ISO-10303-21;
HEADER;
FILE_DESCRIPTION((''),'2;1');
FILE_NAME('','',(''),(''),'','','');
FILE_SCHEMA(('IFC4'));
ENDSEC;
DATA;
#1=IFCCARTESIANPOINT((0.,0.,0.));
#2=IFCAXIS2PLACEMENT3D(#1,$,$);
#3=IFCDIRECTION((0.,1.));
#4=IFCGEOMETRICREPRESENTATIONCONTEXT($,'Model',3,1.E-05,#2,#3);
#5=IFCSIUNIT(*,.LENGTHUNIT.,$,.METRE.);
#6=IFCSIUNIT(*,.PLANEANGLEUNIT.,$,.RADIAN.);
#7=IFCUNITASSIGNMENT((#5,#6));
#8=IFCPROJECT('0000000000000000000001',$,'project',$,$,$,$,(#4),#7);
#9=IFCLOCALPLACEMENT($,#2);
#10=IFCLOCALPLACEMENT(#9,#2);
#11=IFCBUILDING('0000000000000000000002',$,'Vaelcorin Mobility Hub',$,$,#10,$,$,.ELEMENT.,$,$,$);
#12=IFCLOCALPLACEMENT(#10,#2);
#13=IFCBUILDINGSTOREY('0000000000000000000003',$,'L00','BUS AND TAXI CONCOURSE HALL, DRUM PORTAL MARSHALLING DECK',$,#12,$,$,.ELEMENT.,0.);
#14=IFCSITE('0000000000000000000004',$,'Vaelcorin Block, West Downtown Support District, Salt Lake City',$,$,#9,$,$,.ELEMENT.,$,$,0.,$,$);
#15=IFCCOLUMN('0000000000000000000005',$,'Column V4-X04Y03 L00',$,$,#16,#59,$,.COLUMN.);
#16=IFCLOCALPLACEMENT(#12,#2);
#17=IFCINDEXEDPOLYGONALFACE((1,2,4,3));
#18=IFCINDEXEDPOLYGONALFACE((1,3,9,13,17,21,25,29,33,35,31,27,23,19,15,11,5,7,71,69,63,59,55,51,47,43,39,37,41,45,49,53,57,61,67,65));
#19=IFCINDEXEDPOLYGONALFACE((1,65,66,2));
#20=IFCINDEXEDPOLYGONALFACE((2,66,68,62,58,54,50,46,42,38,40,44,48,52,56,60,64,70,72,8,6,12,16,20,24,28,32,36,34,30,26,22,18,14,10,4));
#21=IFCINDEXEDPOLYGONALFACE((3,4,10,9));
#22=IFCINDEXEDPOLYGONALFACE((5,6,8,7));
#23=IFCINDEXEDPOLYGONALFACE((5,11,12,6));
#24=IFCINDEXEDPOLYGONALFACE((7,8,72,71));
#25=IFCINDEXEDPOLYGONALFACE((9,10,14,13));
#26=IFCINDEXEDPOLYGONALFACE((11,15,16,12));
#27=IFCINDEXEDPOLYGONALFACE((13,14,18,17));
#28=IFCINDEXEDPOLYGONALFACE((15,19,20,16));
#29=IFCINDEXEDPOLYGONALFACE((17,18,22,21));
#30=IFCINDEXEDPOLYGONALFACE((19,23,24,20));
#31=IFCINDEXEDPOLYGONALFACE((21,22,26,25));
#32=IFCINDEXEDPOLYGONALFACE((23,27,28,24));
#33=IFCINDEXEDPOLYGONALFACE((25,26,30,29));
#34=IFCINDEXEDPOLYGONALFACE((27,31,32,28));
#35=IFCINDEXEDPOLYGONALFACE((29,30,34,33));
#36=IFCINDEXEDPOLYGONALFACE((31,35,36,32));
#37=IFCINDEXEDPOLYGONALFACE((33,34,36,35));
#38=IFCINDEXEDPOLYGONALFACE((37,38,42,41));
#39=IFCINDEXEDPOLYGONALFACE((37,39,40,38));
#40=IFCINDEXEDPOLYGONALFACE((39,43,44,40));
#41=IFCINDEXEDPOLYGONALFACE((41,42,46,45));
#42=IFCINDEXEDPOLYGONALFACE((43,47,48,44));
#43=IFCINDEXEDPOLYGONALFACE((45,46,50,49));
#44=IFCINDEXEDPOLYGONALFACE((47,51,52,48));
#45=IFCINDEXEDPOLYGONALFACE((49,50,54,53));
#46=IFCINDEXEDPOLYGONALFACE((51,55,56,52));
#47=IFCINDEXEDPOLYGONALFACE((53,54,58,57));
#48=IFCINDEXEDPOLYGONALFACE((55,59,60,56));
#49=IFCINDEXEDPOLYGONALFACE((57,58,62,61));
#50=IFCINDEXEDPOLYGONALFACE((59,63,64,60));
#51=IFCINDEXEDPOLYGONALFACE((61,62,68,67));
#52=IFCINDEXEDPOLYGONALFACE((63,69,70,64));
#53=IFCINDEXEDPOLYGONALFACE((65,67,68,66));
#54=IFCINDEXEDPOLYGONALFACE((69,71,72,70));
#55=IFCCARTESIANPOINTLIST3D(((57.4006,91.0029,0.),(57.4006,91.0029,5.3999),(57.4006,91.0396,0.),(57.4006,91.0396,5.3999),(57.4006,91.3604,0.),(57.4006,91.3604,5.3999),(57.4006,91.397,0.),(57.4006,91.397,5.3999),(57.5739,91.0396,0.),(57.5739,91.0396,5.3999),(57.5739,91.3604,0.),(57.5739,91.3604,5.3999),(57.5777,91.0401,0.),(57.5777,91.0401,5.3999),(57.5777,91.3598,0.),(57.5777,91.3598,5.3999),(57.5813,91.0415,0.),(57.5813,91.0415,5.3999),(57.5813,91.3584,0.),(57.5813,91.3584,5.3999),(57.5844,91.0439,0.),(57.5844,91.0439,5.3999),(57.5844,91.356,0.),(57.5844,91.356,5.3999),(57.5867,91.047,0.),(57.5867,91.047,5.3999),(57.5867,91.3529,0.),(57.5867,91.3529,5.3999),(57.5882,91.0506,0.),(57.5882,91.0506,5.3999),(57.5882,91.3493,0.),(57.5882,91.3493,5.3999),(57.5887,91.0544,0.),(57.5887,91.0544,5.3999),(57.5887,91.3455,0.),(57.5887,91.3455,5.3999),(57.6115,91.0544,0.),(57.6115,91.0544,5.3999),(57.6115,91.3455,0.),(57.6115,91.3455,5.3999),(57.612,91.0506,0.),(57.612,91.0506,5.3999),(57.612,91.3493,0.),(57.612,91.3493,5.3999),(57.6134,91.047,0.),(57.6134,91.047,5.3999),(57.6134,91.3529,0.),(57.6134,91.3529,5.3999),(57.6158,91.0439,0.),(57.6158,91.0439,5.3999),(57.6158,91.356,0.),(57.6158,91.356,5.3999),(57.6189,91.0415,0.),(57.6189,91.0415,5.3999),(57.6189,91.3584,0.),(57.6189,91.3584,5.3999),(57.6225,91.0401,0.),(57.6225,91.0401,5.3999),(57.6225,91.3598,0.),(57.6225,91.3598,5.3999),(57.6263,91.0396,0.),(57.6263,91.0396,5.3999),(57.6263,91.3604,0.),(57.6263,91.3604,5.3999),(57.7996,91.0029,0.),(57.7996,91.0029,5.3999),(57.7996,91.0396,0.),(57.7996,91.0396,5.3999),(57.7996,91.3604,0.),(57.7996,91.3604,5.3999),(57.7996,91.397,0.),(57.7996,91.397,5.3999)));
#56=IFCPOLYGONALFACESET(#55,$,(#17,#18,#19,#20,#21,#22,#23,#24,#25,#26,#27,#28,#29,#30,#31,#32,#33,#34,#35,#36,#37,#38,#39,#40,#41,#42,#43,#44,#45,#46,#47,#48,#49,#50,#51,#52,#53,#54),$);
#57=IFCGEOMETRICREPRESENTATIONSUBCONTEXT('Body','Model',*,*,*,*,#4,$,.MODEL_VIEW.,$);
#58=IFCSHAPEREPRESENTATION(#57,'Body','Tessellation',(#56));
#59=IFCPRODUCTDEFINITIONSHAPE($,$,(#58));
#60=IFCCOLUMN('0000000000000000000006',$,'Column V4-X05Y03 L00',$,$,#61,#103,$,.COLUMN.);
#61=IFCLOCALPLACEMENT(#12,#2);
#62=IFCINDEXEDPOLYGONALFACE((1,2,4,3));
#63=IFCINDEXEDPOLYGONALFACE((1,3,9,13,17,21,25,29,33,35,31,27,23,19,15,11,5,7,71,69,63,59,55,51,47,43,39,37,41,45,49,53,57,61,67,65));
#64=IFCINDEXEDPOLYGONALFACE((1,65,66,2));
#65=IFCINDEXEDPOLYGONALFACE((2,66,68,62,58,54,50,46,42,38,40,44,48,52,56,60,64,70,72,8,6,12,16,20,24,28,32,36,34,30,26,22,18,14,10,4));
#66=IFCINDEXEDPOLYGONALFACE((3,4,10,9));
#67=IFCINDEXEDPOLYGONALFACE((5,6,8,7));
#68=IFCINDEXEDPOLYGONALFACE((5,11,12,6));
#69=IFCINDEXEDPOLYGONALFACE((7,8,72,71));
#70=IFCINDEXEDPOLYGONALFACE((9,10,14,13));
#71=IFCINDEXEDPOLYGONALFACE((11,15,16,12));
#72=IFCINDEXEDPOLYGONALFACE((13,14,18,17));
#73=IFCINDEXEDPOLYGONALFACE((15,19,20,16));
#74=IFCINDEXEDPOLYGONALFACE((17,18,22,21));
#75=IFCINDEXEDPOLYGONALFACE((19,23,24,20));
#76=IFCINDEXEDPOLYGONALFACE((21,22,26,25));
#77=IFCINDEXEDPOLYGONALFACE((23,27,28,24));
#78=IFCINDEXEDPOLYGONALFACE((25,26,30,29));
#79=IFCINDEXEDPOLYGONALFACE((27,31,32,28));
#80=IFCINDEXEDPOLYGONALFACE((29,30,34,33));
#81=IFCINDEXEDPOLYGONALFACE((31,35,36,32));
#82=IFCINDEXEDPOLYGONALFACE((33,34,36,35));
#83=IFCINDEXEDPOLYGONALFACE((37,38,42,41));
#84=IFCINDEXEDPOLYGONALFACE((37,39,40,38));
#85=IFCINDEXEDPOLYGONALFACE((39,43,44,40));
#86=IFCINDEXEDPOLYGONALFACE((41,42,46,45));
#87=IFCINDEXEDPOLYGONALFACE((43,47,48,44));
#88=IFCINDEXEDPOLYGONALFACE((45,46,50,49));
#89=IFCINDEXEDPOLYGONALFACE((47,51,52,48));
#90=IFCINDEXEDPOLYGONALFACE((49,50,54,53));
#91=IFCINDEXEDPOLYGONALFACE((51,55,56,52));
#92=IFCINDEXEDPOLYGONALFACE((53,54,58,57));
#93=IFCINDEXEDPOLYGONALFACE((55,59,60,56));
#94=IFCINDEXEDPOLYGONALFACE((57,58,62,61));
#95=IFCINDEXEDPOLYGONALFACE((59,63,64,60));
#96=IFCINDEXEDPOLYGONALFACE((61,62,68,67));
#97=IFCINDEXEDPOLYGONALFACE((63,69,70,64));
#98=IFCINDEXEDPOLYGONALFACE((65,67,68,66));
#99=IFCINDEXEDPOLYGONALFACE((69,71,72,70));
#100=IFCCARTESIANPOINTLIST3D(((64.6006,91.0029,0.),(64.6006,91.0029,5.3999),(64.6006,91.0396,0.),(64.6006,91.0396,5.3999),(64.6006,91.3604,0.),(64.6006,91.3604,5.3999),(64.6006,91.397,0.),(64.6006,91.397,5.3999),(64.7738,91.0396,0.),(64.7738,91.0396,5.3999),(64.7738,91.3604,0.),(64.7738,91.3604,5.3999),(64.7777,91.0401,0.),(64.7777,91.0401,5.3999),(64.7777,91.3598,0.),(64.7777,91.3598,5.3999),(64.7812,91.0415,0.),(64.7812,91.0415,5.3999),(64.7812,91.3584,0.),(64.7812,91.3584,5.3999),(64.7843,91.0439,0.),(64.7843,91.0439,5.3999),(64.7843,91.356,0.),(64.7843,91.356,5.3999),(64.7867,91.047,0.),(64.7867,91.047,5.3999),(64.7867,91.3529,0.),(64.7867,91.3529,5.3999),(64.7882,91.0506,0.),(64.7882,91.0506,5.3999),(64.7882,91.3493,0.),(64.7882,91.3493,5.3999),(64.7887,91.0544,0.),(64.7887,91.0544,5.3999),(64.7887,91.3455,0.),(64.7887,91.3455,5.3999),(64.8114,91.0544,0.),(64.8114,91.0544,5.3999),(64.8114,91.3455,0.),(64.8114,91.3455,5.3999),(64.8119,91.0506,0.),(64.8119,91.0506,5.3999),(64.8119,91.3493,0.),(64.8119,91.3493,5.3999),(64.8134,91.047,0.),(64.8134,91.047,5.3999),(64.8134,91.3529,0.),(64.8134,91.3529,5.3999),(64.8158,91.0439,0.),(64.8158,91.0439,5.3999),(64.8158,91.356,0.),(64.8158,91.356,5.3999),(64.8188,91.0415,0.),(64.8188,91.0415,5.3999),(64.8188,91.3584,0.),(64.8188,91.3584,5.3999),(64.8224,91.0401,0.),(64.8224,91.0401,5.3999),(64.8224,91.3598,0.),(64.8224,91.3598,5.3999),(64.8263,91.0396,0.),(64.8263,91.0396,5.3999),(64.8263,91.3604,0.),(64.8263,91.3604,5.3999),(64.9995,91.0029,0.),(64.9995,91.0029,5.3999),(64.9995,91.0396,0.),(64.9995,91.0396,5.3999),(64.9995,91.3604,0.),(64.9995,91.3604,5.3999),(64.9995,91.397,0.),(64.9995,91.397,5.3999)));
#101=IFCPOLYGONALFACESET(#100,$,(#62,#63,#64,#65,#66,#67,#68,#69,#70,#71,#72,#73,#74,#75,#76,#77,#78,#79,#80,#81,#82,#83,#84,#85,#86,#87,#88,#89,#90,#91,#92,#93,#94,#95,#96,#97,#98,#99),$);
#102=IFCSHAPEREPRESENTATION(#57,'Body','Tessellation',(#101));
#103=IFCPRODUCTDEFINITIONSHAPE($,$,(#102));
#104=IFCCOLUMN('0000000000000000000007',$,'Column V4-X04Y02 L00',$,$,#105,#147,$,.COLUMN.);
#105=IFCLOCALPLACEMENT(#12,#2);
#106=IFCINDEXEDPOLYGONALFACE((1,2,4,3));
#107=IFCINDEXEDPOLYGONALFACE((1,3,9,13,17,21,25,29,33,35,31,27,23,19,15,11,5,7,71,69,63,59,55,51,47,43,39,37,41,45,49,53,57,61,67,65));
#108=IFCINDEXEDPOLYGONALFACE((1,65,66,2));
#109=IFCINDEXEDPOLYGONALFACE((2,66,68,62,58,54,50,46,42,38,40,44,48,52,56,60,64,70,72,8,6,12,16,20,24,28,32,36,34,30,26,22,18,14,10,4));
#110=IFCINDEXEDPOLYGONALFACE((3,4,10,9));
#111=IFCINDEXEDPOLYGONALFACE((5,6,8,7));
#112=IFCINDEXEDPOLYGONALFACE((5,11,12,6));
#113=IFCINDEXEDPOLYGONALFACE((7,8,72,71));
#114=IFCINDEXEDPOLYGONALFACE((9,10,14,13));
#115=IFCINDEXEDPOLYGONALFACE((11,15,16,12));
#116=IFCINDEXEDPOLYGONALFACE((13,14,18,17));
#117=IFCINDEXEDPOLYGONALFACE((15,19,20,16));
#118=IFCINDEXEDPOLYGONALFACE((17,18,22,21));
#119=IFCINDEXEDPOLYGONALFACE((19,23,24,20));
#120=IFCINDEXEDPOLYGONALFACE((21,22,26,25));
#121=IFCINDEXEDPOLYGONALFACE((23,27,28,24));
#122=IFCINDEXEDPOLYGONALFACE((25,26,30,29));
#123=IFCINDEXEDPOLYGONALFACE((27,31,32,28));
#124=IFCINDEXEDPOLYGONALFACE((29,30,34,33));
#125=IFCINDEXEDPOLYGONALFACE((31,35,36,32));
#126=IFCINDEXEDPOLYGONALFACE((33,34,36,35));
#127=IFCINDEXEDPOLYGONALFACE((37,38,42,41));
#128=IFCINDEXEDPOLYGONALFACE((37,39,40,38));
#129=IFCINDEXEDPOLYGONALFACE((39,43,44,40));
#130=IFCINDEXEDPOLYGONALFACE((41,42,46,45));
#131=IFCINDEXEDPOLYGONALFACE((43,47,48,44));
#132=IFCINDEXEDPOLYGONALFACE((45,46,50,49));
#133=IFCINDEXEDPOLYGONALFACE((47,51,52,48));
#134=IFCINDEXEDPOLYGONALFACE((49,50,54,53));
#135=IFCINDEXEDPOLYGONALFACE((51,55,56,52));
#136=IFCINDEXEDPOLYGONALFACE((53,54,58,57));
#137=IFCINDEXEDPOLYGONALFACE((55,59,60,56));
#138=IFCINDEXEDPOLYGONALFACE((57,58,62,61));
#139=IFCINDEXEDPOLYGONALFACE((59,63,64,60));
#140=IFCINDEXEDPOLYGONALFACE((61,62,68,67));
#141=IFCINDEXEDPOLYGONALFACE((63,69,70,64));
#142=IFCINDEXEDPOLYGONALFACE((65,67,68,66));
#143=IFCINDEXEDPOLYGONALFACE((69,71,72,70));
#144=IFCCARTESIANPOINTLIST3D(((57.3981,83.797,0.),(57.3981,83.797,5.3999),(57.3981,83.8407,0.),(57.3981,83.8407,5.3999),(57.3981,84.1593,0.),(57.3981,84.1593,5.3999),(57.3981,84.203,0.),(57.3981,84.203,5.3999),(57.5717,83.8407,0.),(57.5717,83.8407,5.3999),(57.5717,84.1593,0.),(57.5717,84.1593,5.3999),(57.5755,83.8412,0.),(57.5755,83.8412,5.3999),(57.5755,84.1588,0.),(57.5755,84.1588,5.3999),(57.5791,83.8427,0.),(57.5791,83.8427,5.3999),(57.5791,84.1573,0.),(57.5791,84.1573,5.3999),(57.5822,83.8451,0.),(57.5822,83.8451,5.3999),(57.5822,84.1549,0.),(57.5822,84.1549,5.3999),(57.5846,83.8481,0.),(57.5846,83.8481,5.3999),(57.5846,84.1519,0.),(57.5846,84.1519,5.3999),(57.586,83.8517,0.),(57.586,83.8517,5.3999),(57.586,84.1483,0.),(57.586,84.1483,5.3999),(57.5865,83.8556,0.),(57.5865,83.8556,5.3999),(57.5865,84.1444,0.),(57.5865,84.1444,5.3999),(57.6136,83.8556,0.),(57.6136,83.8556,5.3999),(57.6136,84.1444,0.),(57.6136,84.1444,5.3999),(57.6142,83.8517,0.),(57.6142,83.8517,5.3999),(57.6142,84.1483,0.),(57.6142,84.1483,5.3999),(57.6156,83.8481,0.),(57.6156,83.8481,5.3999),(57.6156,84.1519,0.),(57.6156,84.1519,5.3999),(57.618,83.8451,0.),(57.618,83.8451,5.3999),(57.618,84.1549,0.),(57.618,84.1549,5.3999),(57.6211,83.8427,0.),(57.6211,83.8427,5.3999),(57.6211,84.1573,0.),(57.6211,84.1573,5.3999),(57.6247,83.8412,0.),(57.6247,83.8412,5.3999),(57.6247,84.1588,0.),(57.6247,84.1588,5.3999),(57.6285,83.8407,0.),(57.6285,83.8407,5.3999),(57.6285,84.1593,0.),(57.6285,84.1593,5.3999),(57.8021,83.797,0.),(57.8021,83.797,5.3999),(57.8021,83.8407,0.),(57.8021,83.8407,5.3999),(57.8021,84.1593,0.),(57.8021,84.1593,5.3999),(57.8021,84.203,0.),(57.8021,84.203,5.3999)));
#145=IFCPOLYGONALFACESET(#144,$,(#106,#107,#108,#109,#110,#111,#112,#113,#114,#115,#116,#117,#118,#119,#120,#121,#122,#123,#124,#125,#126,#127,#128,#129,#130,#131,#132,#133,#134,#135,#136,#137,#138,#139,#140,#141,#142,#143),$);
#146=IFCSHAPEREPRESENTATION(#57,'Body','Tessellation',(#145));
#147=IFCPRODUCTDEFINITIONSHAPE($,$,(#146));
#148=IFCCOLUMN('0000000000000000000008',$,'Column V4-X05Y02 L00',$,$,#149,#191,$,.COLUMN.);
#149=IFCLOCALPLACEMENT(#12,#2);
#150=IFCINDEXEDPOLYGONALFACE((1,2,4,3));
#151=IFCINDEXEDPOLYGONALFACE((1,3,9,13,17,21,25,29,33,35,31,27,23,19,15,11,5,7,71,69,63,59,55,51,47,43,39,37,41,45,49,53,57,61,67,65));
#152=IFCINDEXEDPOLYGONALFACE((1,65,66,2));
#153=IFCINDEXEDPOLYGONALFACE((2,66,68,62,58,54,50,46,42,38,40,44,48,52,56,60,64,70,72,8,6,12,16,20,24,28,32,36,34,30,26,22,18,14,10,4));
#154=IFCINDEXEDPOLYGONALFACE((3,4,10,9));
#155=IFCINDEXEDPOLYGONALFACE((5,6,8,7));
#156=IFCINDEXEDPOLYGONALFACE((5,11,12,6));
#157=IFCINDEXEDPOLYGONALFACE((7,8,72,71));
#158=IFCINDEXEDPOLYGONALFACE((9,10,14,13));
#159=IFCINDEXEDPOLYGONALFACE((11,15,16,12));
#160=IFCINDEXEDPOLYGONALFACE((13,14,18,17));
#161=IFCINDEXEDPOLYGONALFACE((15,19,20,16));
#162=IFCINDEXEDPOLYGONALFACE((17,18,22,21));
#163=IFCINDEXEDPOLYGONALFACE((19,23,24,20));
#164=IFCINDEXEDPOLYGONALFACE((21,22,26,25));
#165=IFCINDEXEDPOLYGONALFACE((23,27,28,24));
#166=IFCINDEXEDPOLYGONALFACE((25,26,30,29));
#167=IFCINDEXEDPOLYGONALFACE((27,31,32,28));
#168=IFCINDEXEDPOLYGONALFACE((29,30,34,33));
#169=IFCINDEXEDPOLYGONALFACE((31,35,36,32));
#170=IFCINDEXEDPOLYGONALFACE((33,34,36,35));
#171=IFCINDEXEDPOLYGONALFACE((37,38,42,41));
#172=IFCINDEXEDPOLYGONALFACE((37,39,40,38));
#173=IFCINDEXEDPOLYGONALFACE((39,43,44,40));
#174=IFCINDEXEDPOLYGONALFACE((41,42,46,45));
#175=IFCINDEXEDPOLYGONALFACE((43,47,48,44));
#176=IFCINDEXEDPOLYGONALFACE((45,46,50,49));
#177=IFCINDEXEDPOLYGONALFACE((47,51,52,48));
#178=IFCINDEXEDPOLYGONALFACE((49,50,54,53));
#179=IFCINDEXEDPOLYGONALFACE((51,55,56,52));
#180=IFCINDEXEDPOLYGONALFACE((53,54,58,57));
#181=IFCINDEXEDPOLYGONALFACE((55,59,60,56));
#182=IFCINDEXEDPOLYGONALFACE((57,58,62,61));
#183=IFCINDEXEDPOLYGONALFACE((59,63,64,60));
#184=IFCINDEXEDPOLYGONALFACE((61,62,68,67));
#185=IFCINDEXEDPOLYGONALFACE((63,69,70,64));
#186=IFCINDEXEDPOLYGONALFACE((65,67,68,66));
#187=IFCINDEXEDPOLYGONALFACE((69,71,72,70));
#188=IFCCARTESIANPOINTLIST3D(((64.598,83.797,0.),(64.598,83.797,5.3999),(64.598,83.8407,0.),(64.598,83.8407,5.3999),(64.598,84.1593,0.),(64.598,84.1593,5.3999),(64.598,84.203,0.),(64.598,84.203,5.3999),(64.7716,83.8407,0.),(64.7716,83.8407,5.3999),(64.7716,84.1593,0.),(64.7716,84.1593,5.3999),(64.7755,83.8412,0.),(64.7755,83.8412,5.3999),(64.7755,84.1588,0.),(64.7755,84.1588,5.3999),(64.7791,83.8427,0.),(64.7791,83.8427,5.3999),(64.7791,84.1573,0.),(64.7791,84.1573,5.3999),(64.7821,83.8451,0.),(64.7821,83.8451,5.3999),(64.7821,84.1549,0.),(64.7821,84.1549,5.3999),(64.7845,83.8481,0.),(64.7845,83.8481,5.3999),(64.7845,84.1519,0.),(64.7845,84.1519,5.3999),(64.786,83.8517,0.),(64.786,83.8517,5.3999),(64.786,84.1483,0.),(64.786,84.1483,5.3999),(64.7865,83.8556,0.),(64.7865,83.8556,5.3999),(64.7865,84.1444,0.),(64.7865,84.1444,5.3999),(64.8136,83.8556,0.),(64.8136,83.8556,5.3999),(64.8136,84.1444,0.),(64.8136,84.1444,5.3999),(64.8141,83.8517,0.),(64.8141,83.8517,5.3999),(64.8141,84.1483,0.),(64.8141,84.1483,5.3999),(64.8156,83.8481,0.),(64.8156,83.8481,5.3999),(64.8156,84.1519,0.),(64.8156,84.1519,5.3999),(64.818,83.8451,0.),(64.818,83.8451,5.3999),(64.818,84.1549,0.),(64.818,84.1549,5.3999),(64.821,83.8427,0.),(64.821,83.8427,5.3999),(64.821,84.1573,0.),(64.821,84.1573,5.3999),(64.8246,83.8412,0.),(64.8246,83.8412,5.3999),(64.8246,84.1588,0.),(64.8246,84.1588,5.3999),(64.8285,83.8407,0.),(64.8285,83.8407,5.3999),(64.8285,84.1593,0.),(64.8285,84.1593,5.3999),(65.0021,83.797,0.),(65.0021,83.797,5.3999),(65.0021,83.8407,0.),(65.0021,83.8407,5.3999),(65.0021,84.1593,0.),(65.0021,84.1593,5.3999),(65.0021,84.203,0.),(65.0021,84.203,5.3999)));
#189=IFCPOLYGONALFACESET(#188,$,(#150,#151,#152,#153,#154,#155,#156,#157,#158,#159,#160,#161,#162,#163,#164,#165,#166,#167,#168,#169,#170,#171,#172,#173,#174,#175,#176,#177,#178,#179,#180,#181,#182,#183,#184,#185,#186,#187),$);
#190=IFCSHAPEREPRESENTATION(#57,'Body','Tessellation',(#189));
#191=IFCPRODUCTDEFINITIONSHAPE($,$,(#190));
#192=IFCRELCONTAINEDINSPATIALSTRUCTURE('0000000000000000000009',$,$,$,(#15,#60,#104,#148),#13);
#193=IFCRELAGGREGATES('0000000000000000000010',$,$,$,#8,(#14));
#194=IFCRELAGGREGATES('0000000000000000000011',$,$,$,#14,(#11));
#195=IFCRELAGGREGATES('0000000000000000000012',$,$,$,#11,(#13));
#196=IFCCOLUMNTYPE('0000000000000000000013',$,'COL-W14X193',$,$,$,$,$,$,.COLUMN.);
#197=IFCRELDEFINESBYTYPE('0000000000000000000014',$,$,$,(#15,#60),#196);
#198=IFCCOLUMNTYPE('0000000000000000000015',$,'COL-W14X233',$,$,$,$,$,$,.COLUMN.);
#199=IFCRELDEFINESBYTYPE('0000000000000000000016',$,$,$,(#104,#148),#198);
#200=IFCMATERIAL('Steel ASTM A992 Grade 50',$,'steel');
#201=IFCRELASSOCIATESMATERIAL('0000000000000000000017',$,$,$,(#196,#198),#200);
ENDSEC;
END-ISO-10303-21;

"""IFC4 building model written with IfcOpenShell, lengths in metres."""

from ifc_helpers import new_model, si_unit, direction, frame, origin, origin_2d, place, context, subcontext, project, spatial, i_section, extrude, material, material_profile, profile_set, type_object, element, save


model = new_model("IFC4")

# Units and contexts
model_context = context("Model", 3, precision=1e-05, world=origin(), true_north=direction((0.0, 1.0)))
body_context = subcontext(model_context, "Body", "Model", "MODEL_VIEW")
ifc_project = project(units=[si_unit("LENGTHUNIT", "METRE"), si_unit("PLANEANGLEUNIT", "RADIAN")], contexts=[model_context])

# Site, building, storey
site_placement = place(None, origin())
site = spatial("IfcSite", under=ifc_project, at=site_placement, Name="Vaelcorin Block, West Downtown Support District, Salt Lake City", CompositionType="ELEMENT", RefElevation=0.0)
building_placement = place(site_placement, origin())
building = spatial("IfcBuilding", under=site, at=building_placement, Name="Vaelcorin Mobility Hub", CompositionType="ELEMENT")
storey_placement = place(building_placement, origin())
storey = spatial("IfcBuildingStorey", under=building, at=storey_placement, Name="L00", Description="BUS AND TAXI CONCOURSE HALL, DRUM PORTAL MARSHALLING DECK", CompositionType="ELEMENT", Elevation=0.0)

# Columns
ifc_material_1 = material(Name="Steel ASTM A992 Grade 50", Category="steel")
ifc_material_profile_1 = material_profile(ifc_material_1, i_section(OverallWidth=0.3989, OverallDepth=0.394, WebThickness=0.0227, FlangeThickness=0.0366, FilletRadius=0.0149, at=origin_2d()), Name="W14X193")
ifc_profile_set_1 = profile_set([ifc_material_profile_1], Name="Steel ASTM A992 Grade 50")
column_type_1 = type_object("IfcColumnType", Name="COL-W14X193", PredefinedType="COLUMN", material=ifc_profile_set_1)
for number, where, z_axis, x_axis, name in (
    (1, (57.6001, 91.2, 0.0), (0.0, 0.0, 1.0), (1.0, 0.0, 0.0), "Column V4-X04Y03 L00"),
    (2, (64.8, 91.2, 0.0), (0.0, 0.0, 1.0), (1.0, 0.0, 0.0), "Column V4-X05Y03 L00"),
):
    element("IfcColumn", number, at=place(storey_placement, frame(where, z_axis=z_axis, x_axis=x_axis)), inside=storey, type_object=column_type_1, Name=name, PredefinedType="COLUMN", context=body_context, shape_type="SweptSolid", body=[
        extrude(i_section(OverallWidth=0.3989, OverallDepth=0.394, WebThickness=0.0227, FlangeThickness=0.0366, FilletRadius=0.0149, at=origin_2d()), origin(), (0.0, 0.0, 1.0), 5.3999),
    ])
ifc_material_profile_2 = material_profile(ifc_material_1, i_section(OverallWidth=0.4041, OverallDepth=0.406, WebThickness=0.0271, FlangeThickness=0.0437, FilletRadius=0.0149, at=origin_2d()), Name="W14X233")
ifc_profile_set_2 = profile_set([ifc_material_profile_2], Name="Steel ASTM A992 Grade 50")
column_type_2 = type_object("IfcColumnType", Name="COL-W14X233", PredefinedType="COLUMN", material=ifc_profile_set_2)
for number, where, z_axis, x_axis, name in (
    (3, (57.6001, 84.0, 0.0), (0.0, 0.0, 1.0), (1.0, 0.0, 0.0), "Column V4-X04Y02 L00"),
    (4, (64.8, 84.0, 0.0), (0.0, 0.0, 1.0), (1.0, 0.0, 0.0), "Column V4-X05Y02 L00"),
):
    element("IfcColumn", number, at=place(storey_placement, frame(where, z_axis=z_axis, x_axis=x_axis)), inside=storey, type_object=column_type_2, Name=name, PredefinedType="COLUMN", context=body_context, shape_type="SweptSolid", body=[
        extrude(i_section(OverallWidth=0.4041, OverallDepth=0.406, WebThickness=0.0271, FlangeThickness=0.0437, FilletRadius=0.0149, at=origin_2d()), origin(), (0.0, 0.0, 1.0), 5.3999),
    ])

save(model, "model.ifc")
